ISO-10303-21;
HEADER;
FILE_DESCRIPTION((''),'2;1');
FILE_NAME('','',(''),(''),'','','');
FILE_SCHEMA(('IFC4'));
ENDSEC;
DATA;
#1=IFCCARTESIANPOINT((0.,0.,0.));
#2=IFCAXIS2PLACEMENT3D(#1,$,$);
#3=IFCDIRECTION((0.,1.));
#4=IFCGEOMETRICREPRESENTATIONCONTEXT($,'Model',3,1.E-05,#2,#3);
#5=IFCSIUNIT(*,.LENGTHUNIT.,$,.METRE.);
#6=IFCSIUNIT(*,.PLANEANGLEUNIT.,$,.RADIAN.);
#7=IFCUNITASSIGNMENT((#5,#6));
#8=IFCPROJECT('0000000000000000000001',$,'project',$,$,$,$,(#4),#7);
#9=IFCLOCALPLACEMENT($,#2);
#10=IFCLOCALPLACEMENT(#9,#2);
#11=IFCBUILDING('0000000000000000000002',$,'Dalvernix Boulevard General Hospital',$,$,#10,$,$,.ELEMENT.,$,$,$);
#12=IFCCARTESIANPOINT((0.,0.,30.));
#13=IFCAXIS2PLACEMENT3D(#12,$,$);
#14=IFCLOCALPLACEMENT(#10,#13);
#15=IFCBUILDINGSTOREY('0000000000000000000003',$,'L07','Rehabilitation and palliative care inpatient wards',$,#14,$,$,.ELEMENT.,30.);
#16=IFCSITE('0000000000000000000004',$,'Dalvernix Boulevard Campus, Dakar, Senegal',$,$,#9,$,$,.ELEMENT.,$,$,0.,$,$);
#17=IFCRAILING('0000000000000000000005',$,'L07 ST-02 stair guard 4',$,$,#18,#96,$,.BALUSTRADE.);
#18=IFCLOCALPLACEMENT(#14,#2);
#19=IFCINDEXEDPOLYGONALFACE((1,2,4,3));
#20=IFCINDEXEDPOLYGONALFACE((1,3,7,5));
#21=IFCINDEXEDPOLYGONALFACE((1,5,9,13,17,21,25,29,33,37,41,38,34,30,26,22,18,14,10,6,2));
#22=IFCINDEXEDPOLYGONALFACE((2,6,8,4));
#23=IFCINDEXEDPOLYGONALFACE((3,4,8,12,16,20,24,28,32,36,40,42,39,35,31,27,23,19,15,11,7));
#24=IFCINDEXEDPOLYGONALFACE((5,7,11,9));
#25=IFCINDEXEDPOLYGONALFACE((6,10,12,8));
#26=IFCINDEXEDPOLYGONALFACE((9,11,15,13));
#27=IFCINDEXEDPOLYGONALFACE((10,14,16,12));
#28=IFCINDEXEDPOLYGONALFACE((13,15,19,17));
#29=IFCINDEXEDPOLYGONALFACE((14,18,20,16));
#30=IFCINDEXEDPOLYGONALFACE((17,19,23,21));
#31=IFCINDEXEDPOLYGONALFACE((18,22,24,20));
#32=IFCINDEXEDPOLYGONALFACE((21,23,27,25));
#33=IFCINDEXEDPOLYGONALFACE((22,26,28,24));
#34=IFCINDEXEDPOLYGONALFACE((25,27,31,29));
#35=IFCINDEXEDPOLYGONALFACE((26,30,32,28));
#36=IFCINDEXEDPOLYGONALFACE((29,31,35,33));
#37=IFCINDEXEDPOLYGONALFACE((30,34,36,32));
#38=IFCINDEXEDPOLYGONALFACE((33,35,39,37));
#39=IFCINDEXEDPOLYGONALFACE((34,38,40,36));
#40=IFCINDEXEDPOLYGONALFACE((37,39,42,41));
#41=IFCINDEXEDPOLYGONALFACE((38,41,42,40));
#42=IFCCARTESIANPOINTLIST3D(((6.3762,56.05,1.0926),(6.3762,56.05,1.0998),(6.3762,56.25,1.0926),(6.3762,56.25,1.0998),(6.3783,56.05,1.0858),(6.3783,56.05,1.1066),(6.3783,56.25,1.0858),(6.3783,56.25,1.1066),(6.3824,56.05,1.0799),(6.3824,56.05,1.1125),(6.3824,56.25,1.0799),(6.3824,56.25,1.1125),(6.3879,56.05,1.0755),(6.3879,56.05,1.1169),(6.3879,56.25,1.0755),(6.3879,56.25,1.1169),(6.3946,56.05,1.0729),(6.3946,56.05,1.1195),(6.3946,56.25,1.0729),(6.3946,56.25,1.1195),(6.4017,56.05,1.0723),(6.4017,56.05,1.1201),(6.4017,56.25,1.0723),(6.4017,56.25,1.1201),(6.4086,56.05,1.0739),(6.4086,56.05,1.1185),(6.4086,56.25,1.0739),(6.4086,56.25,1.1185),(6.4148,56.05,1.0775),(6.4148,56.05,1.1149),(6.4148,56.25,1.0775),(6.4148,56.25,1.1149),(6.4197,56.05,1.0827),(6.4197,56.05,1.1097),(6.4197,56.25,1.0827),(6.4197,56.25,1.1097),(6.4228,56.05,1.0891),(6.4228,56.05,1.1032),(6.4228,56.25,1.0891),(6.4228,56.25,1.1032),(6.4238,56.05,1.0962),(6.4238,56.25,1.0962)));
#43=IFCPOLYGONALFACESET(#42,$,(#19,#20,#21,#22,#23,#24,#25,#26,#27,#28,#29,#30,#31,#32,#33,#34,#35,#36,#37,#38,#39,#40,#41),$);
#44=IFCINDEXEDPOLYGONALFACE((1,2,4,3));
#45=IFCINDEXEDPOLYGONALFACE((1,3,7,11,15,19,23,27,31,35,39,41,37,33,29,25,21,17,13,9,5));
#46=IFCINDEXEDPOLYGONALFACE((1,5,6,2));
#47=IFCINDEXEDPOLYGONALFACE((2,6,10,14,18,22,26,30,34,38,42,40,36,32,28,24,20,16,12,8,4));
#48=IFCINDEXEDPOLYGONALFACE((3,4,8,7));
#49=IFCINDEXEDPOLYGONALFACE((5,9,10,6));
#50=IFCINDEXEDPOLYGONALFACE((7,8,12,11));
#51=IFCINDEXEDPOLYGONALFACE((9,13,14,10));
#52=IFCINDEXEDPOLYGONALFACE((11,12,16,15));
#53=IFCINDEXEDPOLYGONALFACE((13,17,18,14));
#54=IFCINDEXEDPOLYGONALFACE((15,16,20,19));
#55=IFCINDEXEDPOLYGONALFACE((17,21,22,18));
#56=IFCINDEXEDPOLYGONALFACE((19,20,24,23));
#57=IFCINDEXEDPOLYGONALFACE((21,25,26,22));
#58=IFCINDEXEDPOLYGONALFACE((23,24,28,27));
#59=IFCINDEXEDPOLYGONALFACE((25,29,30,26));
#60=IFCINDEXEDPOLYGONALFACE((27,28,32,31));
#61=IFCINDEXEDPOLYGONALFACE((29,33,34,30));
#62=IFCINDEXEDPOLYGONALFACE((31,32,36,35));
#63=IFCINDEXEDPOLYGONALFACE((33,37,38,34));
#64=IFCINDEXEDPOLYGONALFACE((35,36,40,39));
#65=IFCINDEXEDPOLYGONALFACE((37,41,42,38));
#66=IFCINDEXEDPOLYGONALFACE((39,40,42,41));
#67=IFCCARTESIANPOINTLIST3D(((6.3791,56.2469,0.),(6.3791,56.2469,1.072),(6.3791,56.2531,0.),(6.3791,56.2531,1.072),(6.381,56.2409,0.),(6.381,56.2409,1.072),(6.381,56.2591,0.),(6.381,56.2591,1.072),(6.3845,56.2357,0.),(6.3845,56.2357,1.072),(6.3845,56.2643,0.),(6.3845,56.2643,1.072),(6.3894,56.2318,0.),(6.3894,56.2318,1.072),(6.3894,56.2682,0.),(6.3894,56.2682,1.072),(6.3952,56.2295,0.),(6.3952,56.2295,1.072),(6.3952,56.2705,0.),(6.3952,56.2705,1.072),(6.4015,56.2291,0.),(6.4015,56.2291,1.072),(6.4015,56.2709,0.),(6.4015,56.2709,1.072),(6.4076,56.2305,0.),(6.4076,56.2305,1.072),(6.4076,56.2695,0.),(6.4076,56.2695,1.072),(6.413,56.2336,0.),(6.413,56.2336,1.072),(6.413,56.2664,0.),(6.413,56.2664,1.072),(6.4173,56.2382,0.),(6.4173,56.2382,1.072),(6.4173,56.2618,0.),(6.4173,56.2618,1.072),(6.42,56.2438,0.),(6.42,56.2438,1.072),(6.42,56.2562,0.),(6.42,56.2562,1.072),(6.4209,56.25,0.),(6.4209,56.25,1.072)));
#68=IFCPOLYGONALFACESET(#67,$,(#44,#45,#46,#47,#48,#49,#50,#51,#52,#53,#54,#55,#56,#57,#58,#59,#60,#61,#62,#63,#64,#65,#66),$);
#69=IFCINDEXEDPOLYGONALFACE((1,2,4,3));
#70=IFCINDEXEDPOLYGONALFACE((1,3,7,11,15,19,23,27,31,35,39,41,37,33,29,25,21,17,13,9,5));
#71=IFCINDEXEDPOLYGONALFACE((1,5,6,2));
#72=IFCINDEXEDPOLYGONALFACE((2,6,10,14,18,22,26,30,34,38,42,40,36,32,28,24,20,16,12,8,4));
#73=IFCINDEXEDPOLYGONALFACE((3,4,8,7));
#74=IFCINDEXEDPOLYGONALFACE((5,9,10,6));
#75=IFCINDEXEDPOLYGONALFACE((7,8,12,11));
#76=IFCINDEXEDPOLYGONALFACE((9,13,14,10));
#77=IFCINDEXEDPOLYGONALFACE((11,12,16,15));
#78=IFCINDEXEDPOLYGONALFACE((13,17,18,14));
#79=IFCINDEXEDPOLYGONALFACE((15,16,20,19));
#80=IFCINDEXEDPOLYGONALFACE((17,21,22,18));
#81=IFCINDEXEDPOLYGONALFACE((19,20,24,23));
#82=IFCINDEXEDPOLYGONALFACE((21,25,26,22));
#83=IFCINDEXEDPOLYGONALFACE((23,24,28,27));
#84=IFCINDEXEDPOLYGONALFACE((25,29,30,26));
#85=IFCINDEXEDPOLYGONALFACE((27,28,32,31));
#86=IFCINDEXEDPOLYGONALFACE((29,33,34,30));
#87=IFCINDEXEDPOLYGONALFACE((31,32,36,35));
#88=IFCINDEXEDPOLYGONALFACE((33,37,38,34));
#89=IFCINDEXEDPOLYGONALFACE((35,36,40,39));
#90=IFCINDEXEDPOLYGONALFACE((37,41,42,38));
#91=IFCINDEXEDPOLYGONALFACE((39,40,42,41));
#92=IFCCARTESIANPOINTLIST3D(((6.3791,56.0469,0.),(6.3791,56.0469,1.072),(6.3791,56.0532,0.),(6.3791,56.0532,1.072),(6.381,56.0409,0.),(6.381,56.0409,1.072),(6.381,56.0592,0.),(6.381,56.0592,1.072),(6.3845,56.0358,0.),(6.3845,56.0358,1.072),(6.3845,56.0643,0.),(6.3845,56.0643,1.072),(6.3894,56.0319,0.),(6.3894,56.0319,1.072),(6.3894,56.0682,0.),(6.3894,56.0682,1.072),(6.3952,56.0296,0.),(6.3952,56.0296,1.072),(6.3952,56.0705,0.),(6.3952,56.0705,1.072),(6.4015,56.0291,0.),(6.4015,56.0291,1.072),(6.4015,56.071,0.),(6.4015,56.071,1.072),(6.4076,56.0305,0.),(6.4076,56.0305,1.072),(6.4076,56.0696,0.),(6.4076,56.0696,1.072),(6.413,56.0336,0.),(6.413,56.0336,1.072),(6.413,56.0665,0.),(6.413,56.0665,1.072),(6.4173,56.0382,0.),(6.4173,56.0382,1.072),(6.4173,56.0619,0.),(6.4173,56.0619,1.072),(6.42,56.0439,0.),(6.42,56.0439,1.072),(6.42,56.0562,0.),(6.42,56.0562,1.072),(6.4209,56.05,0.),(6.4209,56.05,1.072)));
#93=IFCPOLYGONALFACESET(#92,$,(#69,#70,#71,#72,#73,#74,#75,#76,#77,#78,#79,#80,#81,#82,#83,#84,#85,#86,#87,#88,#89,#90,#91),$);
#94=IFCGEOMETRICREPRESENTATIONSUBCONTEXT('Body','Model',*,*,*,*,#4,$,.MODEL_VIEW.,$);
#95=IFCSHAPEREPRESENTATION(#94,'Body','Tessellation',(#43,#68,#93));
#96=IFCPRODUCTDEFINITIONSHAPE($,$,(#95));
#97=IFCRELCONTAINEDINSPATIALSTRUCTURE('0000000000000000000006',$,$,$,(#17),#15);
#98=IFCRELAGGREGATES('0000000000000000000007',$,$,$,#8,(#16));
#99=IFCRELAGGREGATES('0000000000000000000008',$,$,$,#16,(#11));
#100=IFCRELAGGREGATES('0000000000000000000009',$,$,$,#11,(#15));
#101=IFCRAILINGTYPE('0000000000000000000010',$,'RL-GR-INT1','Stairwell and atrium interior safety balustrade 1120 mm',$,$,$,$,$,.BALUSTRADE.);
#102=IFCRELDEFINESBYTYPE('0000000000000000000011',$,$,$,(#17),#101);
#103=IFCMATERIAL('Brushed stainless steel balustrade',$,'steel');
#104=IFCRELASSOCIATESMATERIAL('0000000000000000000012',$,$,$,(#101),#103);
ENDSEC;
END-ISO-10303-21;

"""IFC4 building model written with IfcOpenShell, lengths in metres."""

from ifc_helpers import new_model, si_unit, direction, frame, origin, origin_2d, place, context, subcontext, project, spatial, circle, extrude, material, type_object, element, save


model = new_model("IFC4")

# Units and contexts
model_context = context("Model", 3, precision=1e-05, world=origin(), true_north=direction((0.0, 1.0)))
body_context = subcontext(model_context, "Body", "Model", "MODEL_VIEW")
ifc_project = project(units=[si_unit("LENGTHUNIT", "METRE"), si_unit("PLANEANGLEUNIT", "RADIAN")], contexts=[model_context])

# Site, building, storey
site_placement = place(None, origin())
site = spatial("IfcSite", under=ifc_project, at=site_placement, Name="Dalvernix Boulevard Campus, Dakar, Senegal", CompositionType="ELEMENT", RefElevation=0.0)
building_placement = place(site_placement, origin())
building = spatial("IfcBuilding", under=site, at=building_placement, Name="Dalvernix Boulevard General Hospital", CompositionType="ELEMENT")
storey_placement = place(building_placement, frame((0.0, 0.0, 30.0)))
storey = spatial("IfcBuildingStorey", under=building, at=storey_placement, Name="L07", Description="Rehabilitation and palliative care inpatient wards", CompositionType="ELEMENT", Elevation=30.0)

# Railing
ifc_material_1 = material(Name="Brushed stainless steel balustrade", Category="steel")
railing_type_1 = type_object("IfcRailingType", Name="RL-GR-INT1", Description="Stairwell and atrium interior safety balustrade 1120 mm", PredefinedType="BALUSTRADE", material=ifc_material_1)
railing_1_placement = place(storey_placement, frame((6.3999, 56.25, 0.0)))
element("IfcRailing", 1, at=railing_1_placement, inside=storey, type_object=railing_type_1, Name="L07 ST-02 stair guard 4", PredefinedType="BALUSTRADE", context=body_context, shape_type="SweptSolid", body=[
    extrude(circle(Radius=0.0239, at=origin_2d()), frame((0.0, 0.0, 1.0962), z_axis=(0.0, -1.0, 0.0), x_axis=(1.0, 0.0, 0.0)), (0.0, 0.0, 1.0), 0.2),
    extrude(circle(Radius=0.021, at=origin_2d()), origin(), (0.0, 0.0, 1.0), 1.072),
    extrude(circle(Radius=0.021, at=origin_2d()), frame((0.0, -0.2, 0.0)), (0.0, 0.0, 1.0), 1.072),
])

save(model, "model.ifc")
